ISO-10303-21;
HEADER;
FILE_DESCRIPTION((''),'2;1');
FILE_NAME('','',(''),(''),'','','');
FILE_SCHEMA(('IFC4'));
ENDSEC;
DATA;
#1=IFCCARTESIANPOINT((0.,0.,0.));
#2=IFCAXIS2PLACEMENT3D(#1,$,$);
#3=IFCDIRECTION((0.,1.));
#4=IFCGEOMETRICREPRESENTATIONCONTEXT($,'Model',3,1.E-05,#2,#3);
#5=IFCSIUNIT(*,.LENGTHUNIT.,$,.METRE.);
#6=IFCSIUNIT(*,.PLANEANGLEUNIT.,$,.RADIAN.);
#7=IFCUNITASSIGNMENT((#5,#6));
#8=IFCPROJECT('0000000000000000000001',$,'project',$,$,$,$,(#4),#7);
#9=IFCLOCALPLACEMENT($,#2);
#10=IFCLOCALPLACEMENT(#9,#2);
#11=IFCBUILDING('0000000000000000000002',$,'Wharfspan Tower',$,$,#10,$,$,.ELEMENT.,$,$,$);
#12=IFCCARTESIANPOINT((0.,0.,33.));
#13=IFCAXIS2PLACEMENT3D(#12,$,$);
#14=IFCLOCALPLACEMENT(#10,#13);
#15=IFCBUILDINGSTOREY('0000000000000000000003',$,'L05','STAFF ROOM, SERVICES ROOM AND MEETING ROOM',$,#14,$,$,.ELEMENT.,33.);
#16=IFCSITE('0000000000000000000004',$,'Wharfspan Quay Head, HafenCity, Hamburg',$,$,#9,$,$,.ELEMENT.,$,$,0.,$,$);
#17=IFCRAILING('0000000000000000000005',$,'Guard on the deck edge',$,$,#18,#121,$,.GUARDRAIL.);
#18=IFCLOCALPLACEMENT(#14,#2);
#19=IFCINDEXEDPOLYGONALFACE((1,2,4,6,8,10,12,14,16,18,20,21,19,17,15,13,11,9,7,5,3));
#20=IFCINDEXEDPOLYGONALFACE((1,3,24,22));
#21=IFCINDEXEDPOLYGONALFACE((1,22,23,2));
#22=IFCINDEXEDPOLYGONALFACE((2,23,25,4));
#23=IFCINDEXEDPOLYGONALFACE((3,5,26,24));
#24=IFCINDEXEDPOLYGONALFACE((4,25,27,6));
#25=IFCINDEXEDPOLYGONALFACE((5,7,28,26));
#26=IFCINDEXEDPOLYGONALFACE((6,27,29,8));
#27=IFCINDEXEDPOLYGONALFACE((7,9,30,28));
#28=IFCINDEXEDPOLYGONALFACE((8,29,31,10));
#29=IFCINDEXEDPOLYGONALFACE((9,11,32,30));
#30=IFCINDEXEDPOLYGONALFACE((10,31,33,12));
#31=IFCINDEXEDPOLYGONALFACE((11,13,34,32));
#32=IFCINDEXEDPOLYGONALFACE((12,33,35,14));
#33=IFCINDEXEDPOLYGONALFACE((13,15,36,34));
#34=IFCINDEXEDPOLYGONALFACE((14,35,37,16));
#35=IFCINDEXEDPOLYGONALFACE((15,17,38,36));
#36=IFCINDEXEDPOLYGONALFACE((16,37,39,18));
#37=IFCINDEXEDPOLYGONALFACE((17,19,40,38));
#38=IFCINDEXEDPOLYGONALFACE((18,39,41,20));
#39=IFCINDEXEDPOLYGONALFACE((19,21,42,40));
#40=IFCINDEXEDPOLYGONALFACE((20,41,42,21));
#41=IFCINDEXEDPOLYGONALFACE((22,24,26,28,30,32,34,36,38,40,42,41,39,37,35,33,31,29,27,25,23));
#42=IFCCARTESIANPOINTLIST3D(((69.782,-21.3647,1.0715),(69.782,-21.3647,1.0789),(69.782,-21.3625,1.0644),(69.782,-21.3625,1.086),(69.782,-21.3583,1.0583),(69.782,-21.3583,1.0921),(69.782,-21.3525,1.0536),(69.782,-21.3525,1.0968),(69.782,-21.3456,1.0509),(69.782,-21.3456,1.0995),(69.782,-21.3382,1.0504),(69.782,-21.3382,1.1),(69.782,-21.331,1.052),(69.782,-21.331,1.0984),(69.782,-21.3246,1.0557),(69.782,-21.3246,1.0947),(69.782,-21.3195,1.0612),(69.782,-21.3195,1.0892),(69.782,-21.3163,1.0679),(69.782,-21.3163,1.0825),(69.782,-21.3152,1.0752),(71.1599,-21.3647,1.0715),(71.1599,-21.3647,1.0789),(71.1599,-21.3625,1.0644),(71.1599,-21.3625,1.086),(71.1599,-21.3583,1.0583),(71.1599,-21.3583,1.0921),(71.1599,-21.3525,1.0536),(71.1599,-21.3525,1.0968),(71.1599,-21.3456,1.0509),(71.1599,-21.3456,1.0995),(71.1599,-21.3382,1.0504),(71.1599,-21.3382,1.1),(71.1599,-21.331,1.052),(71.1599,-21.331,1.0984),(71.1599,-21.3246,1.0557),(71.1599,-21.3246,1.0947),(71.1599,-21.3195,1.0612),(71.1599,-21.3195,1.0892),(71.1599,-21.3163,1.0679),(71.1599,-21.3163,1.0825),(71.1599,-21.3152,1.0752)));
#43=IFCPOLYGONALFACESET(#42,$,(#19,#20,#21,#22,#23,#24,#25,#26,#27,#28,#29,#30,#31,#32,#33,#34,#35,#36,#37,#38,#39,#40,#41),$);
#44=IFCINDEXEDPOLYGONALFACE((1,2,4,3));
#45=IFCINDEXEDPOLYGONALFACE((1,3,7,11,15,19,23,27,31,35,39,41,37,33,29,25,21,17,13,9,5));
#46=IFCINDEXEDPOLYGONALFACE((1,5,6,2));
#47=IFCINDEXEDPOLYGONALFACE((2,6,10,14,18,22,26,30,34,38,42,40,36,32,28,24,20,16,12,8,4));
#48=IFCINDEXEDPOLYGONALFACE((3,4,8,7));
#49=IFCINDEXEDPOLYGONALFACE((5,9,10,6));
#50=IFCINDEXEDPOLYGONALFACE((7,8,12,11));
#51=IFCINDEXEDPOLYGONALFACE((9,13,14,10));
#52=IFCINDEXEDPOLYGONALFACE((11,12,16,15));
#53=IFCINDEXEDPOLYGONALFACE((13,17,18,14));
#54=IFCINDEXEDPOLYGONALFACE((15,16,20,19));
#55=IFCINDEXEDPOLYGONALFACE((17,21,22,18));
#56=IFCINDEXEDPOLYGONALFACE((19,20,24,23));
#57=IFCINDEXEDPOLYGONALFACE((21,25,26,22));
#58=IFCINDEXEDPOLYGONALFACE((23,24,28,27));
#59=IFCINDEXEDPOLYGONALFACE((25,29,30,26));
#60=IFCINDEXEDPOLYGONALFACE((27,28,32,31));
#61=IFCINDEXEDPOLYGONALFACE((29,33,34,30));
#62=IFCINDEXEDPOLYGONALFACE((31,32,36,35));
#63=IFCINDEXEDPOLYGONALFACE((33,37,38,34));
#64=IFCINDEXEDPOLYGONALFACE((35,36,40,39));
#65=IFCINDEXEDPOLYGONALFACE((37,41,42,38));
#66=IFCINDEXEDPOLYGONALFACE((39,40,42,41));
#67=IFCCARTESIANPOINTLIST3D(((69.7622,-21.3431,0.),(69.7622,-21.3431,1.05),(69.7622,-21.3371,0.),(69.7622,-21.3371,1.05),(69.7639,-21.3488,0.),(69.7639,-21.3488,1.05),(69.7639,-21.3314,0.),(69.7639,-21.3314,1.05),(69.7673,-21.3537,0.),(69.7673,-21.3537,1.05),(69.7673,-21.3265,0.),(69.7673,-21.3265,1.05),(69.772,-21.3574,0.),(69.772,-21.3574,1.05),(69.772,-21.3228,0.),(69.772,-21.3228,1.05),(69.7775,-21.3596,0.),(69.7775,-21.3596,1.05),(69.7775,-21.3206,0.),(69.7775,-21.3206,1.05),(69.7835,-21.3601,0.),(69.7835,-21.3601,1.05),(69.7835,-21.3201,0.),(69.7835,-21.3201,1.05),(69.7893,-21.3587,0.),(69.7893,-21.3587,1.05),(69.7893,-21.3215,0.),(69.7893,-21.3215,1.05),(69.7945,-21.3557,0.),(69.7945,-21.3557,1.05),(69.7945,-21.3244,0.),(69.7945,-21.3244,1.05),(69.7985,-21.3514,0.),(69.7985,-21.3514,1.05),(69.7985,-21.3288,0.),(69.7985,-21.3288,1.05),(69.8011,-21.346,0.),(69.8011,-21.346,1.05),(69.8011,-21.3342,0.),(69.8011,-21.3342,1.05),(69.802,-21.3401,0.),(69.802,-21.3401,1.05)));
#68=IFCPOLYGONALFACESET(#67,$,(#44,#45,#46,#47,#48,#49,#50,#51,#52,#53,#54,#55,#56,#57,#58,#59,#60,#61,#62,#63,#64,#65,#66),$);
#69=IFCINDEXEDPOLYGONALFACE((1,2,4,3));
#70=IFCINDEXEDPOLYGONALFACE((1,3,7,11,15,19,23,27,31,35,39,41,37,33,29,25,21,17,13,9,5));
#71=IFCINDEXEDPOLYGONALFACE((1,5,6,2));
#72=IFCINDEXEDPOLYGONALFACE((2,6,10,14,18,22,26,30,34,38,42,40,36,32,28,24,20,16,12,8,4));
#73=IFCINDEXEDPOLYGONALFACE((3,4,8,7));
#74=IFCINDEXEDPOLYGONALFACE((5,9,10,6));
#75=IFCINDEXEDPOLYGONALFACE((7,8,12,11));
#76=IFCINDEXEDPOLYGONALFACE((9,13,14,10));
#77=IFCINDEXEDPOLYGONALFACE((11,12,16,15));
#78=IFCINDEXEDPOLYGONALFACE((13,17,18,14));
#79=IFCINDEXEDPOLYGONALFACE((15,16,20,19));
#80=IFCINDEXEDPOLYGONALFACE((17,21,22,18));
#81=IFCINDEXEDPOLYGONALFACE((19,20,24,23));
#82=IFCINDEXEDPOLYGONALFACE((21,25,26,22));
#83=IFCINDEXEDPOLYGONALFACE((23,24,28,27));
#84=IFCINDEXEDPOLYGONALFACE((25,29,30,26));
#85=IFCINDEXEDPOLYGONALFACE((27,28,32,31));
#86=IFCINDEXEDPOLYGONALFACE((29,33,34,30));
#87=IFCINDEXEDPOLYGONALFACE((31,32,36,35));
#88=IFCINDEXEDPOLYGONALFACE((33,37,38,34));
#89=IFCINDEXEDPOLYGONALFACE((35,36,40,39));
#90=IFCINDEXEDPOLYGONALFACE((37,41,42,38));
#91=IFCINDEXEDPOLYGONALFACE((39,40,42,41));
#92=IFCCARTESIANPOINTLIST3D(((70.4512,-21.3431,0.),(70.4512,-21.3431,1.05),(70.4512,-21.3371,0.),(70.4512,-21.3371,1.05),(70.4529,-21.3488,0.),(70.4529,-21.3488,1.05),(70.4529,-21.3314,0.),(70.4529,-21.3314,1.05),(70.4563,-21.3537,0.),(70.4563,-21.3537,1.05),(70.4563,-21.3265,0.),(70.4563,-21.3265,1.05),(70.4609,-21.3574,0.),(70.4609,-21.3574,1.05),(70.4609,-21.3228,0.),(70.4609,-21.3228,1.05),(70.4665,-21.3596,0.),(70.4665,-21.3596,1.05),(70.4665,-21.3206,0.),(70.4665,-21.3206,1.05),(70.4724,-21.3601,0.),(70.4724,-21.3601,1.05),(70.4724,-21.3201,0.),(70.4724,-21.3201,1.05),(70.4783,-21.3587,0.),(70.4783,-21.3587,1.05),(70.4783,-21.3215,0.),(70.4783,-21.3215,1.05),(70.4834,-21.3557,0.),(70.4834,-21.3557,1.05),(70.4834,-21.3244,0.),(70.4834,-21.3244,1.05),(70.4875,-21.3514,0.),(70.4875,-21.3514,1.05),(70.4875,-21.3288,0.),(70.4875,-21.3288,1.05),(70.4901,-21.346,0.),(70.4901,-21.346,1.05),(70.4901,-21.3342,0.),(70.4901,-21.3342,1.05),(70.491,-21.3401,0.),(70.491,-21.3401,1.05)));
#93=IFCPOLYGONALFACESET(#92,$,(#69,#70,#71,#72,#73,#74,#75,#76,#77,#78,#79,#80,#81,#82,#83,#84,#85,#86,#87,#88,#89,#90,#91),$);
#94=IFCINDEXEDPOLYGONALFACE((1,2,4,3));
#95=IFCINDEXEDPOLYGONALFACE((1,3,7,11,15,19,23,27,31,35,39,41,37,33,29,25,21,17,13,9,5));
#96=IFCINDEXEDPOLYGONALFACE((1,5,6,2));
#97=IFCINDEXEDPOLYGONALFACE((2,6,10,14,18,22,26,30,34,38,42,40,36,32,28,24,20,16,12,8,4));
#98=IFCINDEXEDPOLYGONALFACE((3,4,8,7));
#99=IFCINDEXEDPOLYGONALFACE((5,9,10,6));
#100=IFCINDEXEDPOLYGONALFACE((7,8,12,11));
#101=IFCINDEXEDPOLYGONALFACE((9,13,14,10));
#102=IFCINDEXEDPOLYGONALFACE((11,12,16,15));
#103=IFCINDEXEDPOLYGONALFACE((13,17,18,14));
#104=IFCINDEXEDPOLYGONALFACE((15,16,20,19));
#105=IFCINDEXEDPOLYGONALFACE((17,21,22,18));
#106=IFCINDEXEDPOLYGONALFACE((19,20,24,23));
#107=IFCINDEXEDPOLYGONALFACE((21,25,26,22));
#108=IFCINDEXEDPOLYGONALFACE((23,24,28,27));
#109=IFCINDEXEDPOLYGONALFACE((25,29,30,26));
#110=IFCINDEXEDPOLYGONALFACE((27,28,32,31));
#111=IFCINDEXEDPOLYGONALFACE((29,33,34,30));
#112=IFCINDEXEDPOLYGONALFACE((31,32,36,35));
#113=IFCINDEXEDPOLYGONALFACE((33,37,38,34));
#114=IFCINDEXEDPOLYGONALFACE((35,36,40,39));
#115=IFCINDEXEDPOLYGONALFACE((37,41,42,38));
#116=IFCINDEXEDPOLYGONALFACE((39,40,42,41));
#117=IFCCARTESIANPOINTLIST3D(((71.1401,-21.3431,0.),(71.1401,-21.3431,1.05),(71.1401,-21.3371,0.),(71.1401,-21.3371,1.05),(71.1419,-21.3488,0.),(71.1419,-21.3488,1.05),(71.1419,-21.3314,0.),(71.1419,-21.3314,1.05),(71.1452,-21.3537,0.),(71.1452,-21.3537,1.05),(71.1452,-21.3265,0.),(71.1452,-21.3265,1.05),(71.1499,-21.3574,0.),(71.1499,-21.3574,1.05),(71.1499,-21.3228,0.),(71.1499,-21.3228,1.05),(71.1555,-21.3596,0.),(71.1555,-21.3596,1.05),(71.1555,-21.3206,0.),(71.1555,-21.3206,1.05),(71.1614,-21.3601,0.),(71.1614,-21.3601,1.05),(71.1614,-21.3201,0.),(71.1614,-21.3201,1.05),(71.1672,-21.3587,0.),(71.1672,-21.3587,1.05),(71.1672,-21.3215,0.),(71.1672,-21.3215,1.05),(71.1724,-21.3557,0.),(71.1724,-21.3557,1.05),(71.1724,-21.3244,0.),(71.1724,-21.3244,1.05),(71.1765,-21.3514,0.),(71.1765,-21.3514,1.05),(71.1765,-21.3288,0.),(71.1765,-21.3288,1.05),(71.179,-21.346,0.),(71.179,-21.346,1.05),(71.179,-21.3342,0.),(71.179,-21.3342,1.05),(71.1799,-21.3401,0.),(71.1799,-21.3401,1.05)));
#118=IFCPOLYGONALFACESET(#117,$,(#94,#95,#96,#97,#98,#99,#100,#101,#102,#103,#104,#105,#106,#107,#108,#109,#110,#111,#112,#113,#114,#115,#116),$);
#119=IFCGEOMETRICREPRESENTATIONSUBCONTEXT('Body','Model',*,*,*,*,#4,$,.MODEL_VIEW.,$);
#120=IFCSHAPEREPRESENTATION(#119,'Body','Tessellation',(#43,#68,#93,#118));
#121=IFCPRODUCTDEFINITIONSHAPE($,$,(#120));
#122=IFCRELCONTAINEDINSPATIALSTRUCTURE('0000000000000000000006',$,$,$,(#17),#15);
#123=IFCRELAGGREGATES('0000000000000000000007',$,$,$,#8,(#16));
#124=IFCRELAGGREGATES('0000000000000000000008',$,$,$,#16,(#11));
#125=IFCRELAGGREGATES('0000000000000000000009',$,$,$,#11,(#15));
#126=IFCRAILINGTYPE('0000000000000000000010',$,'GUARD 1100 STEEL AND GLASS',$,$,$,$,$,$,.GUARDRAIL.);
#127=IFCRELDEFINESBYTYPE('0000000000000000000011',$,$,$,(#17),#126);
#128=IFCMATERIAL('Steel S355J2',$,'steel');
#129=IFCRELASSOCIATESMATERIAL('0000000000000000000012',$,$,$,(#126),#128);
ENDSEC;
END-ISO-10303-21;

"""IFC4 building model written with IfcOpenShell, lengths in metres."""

from ifc_helpers import new_model, si_unit, direction, frame, origin, origin_2d, place, context, subcontext, project, spatial, circle, extrude, material, type_object, element, save


model = new_model("IFC4")

# Units and contexts
model_context = context("Model", 3, precision=1e-05, world=origin(), true_north=direction((0.0, 1.0)))
body_context = subcontext(model_context, "Body", "Model", "MODEL_VIEW")
ifc_project = project(units=[si_unit("LENGTHUNIT", "METRE"), si_unit("PLANEANGLEUNIT", "RADIAN")], contexts=[model_context])

# Site, building, storey
site_placement = place(None, origin())
site = spatial("IfcSite", under=ifc_project, at=site_placement, Name="Wharfspan Quay Head, HafenCity, Hamburg", CompositionType="ELEMENT", RefElevation=0.0)
building_placement = place(site_placement, origin())
building = spatial("IfcBuilding", under=site, at=building_placement, Name="Wharfspan Tower", CompositionType="ELEMENT")
storey_placement = place(building_placement, frame((0.0, 0.0, 33.0)))
storey = spatial("IfcBuildingStorey", under=building, at=storey_placement, Name="L05", Description="STAFF ROOM, SERVICES ROOM AND MEETING ROOM", CompositionType="ELEMENT", Elevation=33.0)

# Railing
ifc_material_1 = material(Name="Steel S355J2", Category="steel")
railing_type = type_object("IfcRailingType", Name="GUARD 1100 STEEL AND GLASS", PredefinedType="GUARDRAIL", material=ifc_material_1)
railing_1_placement = place(storey_placement, frame((69.782, -21.3401, 0.0)))
element("IfcRailing", 1, at=railing_1_placement, inside=storey, type_object=railing_type, Name="Guard on the deck edge", PredefinedType="GUARDRAIL", context=body_context, shape_type="SweptSolid", body=[
    extrude(circle(Radius=0.0249, at=origin_2d()), frame((0.0, 0.0, 1.0752), z_axis=(1.0, 0.0, 0.0), x_axis=(0.0, 1.0, 0.0)), (0.0, 0.0, 1.0), 1.3779),
    extrude(circle(Radius=0.02, at=origin_2d()), origin(), (0.0, 0.0, 1.0), 1.05),
    extrude(circle(Radius=0.02, at=origin_2d()), frame((0.689, 0.0, 0.0)), (0.0, 0.0, 1.0), 1.05),
    extrude(circle(Radius=0.02, at=origin_2d()), frame((1.3779, 0.0, 0.0)), (0.0, 0.0, 1.0), 1.05),
])

save(model, "model.ifc")
